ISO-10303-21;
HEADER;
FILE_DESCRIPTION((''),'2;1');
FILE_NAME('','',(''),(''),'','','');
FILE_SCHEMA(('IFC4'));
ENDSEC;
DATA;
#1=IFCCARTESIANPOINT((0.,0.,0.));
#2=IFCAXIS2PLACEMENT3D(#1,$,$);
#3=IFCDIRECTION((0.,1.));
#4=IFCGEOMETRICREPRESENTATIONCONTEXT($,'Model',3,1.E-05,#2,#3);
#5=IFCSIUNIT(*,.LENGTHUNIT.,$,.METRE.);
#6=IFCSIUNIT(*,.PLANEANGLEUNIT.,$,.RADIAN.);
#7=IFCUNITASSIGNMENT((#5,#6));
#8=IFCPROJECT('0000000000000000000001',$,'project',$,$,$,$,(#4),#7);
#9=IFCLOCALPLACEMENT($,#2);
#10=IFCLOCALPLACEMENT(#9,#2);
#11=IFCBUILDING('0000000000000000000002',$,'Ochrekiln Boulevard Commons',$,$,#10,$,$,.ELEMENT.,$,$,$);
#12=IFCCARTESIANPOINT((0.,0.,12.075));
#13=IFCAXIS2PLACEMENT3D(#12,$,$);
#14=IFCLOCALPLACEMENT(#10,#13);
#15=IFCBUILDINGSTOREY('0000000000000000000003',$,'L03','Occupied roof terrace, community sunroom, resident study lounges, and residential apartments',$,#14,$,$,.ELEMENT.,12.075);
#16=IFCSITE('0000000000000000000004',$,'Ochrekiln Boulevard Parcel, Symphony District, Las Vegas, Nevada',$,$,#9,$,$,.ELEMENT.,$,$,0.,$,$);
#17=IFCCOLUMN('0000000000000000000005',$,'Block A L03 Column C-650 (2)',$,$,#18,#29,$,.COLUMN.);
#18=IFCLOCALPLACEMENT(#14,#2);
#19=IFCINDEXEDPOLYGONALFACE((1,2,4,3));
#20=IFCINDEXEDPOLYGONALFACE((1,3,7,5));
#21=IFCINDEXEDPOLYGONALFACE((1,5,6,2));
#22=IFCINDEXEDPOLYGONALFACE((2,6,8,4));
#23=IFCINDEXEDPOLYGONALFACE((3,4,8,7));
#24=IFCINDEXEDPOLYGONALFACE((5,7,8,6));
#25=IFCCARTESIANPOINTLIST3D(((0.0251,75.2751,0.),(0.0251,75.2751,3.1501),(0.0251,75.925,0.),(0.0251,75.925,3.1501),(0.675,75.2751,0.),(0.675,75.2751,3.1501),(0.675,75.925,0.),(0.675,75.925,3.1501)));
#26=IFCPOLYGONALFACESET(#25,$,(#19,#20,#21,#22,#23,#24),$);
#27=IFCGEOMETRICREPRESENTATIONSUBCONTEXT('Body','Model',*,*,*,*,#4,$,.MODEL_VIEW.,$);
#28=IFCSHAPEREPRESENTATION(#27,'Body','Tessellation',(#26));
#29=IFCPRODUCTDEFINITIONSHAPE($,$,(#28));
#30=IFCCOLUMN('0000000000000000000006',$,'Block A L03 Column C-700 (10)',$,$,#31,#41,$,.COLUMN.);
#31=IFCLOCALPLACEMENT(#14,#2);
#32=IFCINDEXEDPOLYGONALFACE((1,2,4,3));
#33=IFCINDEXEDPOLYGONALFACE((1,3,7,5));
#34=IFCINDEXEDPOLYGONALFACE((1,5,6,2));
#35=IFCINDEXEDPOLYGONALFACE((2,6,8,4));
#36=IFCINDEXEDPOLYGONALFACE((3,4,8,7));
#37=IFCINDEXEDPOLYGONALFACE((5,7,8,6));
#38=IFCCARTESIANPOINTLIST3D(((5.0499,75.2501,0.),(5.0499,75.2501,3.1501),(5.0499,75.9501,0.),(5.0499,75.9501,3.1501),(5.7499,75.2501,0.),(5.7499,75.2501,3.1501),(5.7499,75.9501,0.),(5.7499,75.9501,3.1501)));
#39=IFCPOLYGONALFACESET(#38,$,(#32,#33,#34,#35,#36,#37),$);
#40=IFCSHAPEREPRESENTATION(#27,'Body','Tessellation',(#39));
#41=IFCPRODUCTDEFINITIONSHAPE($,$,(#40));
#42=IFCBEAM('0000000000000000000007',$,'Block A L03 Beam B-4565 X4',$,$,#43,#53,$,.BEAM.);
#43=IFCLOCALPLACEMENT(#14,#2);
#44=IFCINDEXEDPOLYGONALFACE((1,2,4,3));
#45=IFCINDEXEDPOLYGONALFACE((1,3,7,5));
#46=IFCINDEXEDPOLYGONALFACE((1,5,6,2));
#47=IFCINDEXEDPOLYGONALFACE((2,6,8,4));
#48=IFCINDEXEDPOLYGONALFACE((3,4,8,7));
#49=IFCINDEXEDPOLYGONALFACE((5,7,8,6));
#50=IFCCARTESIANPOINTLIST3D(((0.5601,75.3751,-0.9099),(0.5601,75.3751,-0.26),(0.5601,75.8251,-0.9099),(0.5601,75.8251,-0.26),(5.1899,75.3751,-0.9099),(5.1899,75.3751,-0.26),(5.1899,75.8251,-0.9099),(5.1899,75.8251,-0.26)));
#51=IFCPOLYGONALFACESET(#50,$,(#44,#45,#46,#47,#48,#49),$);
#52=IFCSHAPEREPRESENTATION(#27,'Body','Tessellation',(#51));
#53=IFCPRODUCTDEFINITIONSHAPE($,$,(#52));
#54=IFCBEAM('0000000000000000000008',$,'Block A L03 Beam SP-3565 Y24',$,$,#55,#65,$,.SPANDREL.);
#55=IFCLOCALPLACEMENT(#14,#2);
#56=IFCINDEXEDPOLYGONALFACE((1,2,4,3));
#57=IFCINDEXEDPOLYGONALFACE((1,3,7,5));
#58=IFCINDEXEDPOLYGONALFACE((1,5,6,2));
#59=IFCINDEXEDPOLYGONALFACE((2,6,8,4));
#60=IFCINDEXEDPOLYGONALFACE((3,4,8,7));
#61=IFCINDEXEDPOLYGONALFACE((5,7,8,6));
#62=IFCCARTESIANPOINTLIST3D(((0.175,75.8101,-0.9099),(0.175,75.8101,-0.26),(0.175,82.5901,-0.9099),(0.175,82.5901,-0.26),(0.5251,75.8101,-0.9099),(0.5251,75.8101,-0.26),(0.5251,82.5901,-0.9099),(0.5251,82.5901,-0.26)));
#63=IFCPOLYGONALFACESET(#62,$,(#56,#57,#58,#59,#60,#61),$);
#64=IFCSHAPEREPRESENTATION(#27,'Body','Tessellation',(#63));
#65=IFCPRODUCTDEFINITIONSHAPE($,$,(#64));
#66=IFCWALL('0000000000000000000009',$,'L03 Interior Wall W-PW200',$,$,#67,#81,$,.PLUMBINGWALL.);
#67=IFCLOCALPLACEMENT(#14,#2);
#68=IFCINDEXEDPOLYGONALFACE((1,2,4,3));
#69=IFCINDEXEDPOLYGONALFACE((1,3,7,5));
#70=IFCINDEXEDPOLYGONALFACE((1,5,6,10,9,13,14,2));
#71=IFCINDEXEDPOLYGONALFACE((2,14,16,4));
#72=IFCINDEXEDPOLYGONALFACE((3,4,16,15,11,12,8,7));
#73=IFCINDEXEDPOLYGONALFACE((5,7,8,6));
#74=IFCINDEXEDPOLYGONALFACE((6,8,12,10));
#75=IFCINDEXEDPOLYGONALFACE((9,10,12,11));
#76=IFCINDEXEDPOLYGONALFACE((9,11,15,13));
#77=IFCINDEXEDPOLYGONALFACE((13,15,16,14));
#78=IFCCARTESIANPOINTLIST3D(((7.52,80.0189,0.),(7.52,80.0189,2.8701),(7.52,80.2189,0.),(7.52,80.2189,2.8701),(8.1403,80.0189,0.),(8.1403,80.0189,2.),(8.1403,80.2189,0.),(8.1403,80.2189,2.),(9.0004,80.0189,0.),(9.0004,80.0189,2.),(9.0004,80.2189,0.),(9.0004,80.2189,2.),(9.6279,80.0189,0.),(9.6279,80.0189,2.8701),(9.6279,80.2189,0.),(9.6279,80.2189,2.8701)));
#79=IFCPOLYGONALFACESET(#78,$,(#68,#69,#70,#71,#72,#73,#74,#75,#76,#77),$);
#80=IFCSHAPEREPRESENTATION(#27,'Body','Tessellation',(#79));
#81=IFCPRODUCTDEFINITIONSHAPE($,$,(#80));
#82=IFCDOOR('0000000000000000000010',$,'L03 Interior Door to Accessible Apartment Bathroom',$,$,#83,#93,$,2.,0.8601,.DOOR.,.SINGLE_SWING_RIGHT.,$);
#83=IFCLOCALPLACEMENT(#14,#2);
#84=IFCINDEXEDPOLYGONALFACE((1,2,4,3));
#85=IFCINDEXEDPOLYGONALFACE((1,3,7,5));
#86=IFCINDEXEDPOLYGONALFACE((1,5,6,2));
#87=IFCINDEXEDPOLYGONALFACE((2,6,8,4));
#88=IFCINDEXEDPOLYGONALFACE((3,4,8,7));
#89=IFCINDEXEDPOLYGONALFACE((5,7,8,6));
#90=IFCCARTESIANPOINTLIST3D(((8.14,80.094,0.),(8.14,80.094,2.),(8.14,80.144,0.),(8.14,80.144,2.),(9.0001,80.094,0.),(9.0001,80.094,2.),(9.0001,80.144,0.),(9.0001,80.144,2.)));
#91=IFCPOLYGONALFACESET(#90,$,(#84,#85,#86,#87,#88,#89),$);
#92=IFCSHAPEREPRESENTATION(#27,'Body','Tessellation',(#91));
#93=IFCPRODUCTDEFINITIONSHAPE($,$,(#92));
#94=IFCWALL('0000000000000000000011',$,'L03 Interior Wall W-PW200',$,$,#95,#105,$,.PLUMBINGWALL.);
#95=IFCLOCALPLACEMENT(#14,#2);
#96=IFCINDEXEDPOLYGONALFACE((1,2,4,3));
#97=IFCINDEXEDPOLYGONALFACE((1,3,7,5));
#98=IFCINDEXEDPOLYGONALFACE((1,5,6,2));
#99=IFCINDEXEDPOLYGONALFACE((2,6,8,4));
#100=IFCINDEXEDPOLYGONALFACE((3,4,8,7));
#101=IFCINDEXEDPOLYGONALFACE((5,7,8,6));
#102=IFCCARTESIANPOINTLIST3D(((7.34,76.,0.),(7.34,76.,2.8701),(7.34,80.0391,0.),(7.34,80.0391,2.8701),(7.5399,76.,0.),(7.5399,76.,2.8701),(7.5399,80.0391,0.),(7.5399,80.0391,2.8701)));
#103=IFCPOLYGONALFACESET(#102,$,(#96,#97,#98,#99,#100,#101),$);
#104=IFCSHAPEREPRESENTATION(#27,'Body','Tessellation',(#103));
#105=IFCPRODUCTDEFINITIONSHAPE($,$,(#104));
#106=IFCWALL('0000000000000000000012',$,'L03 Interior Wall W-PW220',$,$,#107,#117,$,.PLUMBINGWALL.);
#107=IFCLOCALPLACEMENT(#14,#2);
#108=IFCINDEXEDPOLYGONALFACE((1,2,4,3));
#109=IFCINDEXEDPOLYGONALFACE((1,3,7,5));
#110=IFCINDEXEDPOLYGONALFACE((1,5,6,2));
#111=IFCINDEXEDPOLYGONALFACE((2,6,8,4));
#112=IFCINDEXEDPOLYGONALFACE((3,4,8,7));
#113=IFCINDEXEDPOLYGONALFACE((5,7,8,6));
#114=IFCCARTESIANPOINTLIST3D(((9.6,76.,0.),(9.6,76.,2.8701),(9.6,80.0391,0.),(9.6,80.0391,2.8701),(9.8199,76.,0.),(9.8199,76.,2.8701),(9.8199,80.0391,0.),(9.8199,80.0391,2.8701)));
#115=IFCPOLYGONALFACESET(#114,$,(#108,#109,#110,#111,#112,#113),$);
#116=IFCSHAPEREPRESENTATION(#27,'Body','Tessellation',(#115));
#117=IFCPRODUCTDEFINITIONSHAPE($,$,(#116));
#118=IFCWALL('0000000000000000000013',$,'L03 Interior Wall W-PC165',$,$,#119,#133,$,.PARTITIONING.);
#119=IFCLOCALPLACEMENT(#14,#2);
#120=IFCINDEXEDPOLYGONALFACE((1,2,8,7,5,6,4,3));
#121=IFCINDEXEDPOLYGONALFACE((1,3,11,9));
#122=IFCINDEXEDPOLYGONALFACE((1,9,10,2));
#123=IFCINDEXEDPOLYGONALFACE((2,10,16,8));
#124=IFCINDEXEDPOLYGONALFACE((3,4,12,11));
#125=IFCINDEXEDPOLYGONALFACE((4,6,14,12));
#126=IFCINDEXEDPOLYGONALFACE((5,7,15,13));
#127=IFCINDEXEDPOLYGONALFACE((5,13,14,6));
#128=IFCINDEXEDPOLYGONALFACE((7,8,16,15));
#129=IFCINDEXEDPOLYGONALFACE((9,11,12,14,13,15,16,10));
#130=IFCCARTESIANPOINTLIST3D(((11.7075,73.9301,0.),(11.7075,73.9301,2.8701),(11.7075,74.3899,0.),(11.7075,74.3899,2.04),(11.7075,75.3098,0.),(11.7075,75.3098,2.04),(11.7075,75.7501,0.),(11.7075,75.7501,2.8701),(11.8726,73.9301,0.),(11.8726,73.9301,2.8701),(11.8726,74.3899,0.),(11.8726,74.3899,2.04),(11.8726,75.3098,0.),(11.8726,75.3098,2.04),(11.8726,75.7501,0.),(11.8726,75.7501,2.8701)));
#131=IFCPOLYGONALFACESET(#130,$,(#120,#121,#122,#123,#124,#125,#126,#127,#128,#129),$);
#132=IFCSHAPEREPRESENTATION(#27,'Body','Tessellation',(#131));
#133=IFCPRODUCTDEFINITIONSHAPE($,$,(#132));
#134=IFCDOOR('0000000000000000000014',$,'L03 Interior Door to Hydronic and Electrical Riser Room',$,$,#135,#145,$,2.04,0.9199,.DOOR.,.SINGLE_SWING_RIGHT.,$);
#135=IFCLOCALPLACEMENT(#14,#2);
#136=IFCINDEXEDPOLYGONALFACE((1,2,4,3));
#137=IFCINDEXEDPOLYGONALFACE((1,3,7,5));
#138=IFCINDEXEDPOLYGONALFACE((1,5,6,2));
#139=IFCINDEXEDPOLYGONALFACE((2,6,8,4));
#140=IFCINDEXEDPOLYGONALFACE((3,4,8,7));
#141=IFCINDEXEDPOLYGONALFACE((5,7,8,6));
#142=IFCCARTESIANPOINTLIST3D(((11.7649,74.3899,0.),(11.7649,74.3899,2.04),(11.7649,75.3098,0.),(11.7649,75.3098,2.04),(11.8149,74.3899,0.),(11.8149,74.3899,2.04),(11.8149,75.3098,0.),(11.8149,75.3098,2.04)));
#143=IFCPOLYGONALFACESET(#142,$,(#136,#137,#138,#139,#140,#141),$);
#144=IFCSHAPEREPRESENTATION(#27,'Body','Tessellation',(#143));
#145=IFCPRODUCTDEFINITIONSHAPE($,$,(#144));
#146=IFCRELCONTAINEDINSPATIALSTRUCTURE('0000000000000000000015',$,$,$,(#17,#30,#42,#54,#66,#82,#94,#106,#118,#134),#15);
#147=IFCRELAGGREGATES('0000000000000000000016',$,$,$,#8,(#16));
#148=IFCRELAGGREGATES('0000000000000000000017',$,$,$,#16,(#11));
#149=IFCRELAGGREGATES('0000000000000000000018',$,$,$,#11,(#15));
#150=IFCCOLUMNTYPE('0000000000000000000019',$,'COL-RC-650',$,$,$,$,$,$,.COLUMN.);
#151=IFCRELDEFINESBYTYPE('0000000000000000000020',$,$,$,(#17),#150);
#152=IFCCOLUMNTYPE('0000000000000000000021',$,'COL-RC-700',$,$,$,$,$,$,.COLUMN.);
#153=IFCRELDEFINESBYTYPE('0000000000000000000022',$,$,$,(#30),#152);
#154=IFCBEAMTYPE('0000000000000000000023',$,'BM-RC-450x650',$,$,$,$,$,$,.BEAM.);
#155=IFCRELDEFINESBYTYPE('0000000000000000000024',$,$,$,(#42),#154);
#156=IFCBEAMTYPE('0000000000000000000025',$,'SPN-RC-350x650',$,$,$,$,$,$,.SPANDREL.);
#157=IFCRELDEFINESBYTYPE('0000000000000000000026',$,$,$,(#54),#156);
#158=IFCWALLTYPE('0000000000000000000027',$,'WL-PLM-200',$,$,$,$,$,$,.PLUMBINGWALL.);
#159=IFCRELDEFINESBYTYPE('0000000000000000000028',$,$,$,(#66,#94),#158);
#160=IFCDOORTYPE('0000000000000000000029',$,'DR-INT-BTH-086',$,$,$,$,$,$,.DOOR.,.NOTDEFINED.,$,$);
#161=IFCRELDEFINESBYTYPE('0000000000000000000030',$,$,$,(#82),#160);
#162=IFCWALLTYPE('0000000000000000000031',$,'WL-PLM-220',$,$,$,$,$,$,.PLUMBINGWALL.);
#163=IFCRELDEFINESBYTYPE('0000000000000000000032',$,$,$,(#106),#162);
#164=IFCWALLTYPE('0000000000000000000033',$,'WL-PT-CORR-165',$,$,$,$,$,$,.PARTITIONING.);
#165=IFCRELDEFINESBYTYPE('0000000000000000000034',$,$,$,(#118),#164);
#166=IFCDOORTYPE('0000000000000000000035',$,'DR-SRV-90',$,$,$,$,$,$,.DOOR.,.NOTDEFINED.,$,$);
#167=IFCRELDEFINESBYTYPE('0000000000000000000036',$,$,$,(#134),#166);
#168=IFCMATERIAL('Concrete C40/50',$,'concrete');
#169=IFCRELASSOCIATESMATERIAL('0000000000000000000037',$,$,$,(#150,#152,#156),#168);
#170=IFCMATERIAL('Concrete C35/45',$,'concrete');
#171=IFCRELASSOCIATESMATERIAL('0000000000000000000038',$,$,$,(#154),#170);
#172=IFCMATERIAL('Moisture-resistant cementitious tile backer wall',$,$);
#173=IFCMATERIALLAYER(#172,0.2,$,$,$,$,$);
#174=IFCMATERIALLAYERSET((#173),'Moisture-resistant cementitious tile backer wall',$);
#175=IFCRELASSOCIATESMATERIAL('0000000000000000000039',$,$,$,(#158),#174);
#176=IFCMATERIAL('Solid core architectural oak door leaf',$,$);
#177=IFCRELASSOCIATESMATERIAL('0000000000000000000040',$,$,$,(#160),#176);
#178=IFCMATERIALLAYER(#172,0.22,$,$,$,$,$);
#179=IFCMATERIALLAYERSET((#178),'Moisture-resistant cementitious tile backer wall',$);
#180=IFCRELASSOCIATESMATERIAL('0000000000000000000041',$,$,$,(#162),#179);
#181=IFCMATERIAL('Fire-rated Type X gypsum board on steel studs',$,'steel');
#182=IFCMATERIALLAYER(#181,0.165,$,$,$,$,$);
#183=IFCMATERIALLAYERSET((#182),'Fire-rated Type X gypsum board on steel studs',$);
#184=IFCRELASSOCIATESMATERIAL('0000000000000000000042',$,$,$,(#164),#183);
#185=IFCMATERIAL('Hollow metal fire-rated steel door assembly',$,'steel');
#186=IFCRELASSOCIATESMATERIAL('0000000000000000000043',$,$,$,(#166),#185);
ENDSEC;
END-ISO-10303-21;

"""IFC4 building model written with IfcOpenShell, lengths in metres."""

from ifc_helpers import new_model, si_unit, direction, frame, frame_2d, origin, origin_2d, place, context, subcontext, project, spatial, rectangle, extrude, material, layer, layer_set, material_profile, profile_set, type_object, element, fill, save


model = new_model("IFC4")

# Units and contexts
model_context = context("Model", 3, precision=1e-05, world=origin(), true_north=direction((0.0, 1.0)))
body_context = subcontext(model_context, "Body", "Model", "MODEL_VIEW")
ifc_project = project(units=[si_unit("LENGTHUNIT", "METRE"), si_unit("PLANEANGLEUNIT", "RADIAN")], contexts=[model_context])

# Site, building, storey
site_placement = place(None, origin())
site = spatial("IfcSite", under=ifc_project, at=site_placement, Name="Ochrekiln Boulevard Parcel, Symphony District, Las Vegas, Nevada", CompositionType="ELEMENT", RefElevation=0.0)
building_placement = place(site_placement, origin())
building = spatial("IfcBuilding", under=site, at=building_placement, Name="Ochrekiln Boulevard Commons", CompositionType="ELEMENT")
storey_placement = place(building_placement, frame((0.0, 0.0, 12.075)))
storey = spatial("IfcBuildingStorey", under=building, at=storey_placement, Name="L03", Description="Occupied roof terrace, community sunroom, resident study lounges, and residential apartments", CompositionType="ELEMENT", Elevation=12.075)

# Columns
ifc_material_1 = material(Name="Concrete C40/50", Category="concrete")
ifc_material_profile_1 = material_profile(ifc_material_1, rectangle(XDim=0.6499, YDim=0.6499, at=origin_2d()), Name="RC-COL-650x650")
ifc_profile_set_1 = profile_set([ifc_material_profile_1], Name="Concrete C40/50")
column_type_1 = type_object("IfcColumnType", Name="COL-RC-650", PredefinedType="COLUMN", material=ifc_profile_set_1)
column_1_placement = place(storey_placement, frame((0.3501, 75.6001, 0.0), z_axis=(0.0, 0.0, 1.0), x_axis=(1.0, 0.0, 0.0)))
element("IfcColumn", 1, at=column_1_placement, inside=storey, type_object=column_type_1, Name="Block A L03 Column C-650 (2)", PredefinedType="COLUMN", context=body_context, shape_type="SweptSolid", body=[
    extrude(rectangle(XDim=0.6499, YDim=0.6499, at=origin_2d()), origin(), (0.0, 0.0, 1.0), 3.1501),
])
ifc_material_profile_2 = material_profile(ifc_material_1, rectangle(XDim=0.7, YDim=0.7, at=origin_2d()), Name="RC-COL-700x700")
ifc_profile_set_2 = profile_set([ifc_material_profile_2], Name="Concrete C40/50")
column_type_2 = type_object("IfcColumnType", Name="COL-RC-700", PredefinedType="COLUMN", material=ifc_profile_set_2)
column_2_placement = place(storey_placement, frame((5.3999, 75.6001, 0.0), z_axis=(0.0, 0.0, 1.0), x_axis=(1.0, 0.0, 0.0)))
element("IfcColumn", 2, at=column_2_placement, inside=storey, type_object=column_type_2, Name="Block A L03 Column C-700 (10)", PredefinedType="COLUMN", context=body_context, shape_type="SweptSolid", body=[
    extrude(rectangle(XDim=0.7, YDim=0.7, at=origin_2d()), origin(), (0.0, 0.0, 1.0), 3.1501),
])

# Beams
ifc_material_2 = material(Name="Concrete C35/45", Category="concrete")
ifc_material_profile_3 = material_profile(ifc_material_2, rectangle(XDim=0.45, YDim=0.6499, at=origin_2d()), Name="RC-BM-450x650")
ifc_profile_set_3 = profile_set([ifc_material_profile_3], Name="Concrete C35/45")
beam_type_1 = type_object("IfcBeamType", Name="BM-RC-450x650", PredefinedType="BEAM", material=ifc_profile_set_3)
beam_1_placement = place(storey_placement, frame((0.5601, 75.6001, -0.585), z_axis=(1.0, 0.0, 0.0), x_axis=(0.0, 1.0, 0.0)))
element("IfcBeam", 3, at=beam_1_placement, inside=storey, type_object=beam_type_1, Name="Block A L03 Beam B-4565 X4", PredefinedType="BEAM", context=body_context, shape_type="SweptSolid", body=[
    extrude(rectangle(XDim=0.45, YDim=0.6499, at=origin_2d()), origin(), (0.0, 0.0, 1.0), 4.6299),
])
ifc_material_profile_4 = material_profile(ifc_material_1, rectangle(XDim=0.3501, YDim=0.6499, at=origin_2d()), Name="RC-SPN-350x650")
ifc_profile_set_4 = profile_set([ifc_material_profile_4], Name="Concrete C40/50")
beam_type_2 = type_object("IfcBeamType", Name="SPN-RC-350x650", PredefinedType="SPANDREL", material=ifc_profile_set_4)
beam_2_placement = place(storey_placement, frame((0.3501, 75.8101, -0.585), z_axis=(0.0, 1.0, 0.0), x_axis=(-1.0, 0.0, 0.0)))
element("IfcBeam", 4, at=beam_2_placement, inside=storey, type_object=beam_type_2, Name="Block A L03 Beam SP-3565 Y24", PredefinedType="SPANDREL", context=body_context, shape_type="SweptSolid", body=[
    extrude(rectangle(XDim=0.3501, YDim=0.6499, at=origin_2d()), origin(), (0.0, 0.0, 1.0), 6.78),
])

# Wall, opening, door
ifc_material_3 = material(Name="Moisture-resistant cementitious tile backer wall")
ifc_layer_1 = layer(ifc_material_3, 0.2)
ifc_layer_set_1 = layer_set([ifc_layer_1], Name="Moisture-resistant cementitious tile backer wall")
wall_type_1 = type_object("IfcWallType", Name="WL-PLM-200", PredefinedType="PLUMBINGWALL", material=ifc_layer_set_1)
wall_1_placement = place(storey_placement, frame((7.52, 80.1189, 0.0), z_axis=(0.0, 0.0, 1.0), x_axis=(1.0, 0.0, 0.0)))
wall_1 = element("IfcWall", 5, at=wall_1_placement, inside=storey, type_object=wall_type_1, Name="L03 Interior Wall W-PW200", PredefinedType="PLUMBINGWALL", context=body_context, shape_type="SweptSolid", body=[
    extrude(rectangle(XDim=2.1079, YDim=0.2, at=frame_2d((1.054, 0.0))), origin(), (0.0, 0.0, 1.0), 2.8701),
])
opening_1_placement = place(wall_1_placement, frame((0.6201, 0.0, 0.0)))
opening_1 = element("IfcOpeningElement", 6, at=opening_1_placement, cuts=wall_1, PredefinedType="OPENING", context=body_context, shape_type="SweptSolid", body=[
    extrude(rectangle(XDim=0.8601, YDim=2.0, at=frame_2d((0.4302, 1.0))), frame((0.0, 0.1099, 0.0), z_axis=(0.0, -1.0, 0.0), x_axis=(1.0, 0.0, 0.0)), (0.0, 0.0, 1.0), 0.22),
])
ifc_material_4 = material(Name="Solid core architectural oak door leaf")
door_type_1 = type_object("IfcDoorType", Name="DR-INT-BTH-086", OperationType="NOTDEFINED", PredefinedType="DOOR", material=ifc_material_4)
door_1_placement = place(opening_1_placement, frame((0.8601, 0.0, 0.0), z_axis=(0.0, 0.0, 1.0), x_axis=(-1.0, 0.0, 0.0)))
door_1 = element("IfcDoor", 7, at=door_1_placement, inside=storey, type_object=door_type_1, Name="L03 Interior Door to Accessible Apartment Bathroom", OperationType="SINGLE_SWING_RIGHT", OverallHeight=2.0, OverallWidth=0.8601, PredefinedType="DOOR", context=body_context, shape_type="SweptSolid", body=[
    extrude(rectangle(XDim=0.8601, YDim=2.0, at=frame_2d((0.4302, 1.0))), frame((0.0, 0.0249, 0.0), z_axis=(0.0, -1.0, 0.0), x_axis=(1.0, 0.0, 0.0)), (0.0, 0.0, 1.0), 0.05),
])
fill(opening_1, door_1)

# Walls
wall_2_placement = place(storey_placement, frame((7.4399, 76.0, 0.0), z_axis=(0.0, 0.0, 1.0), x_axis=(0.0, 1.0, 0.0)))
element("IfcWall", 8, at=wall_2_placement, inside=storey, type_object=wall_type_1, Name="L03 Interior Wall W-PW200", PredefinedType="PLUMBINGWALL", context=body_context, shape_type="SweptSolid", body=[
    extrude(rectangle(XDim=4.0391, YDim=0.2, at=frame_2d((2.0195, 0.0))), origin(), (0.0, 0.0, 1.0), 2.8701),
])
ifc_layer_2 = layer(ifc_material_3, 0.22)
ifc_layer_set_2 = layer_set([ifc_layer_2], Name="Moisture-resistant cementitious tile backer wall")
wall_type_2 = type_object("IfcWallType", Name="WL-PLM-220", PredefinedType="PLUMBINGWALL", material=ifc_layer_set_2)
wall_3_placement = place(storey_placement, frame((9.71, 76.0, 0.0), z_axis=(0.0, 0.0, 1.0), x_axis=(0.0, 1.0, 0.0)))
element("IfcWall", 9, at=wall_3_placement, inside=storey, type_object=wall_type_2, Name="L03 Interior Wall W-PW220", PredefinedType="PLUMBINGWALL", context=body_context, shape_type="SweptSolid", body=[
    extrude(rectangle(XDim=4.0391, YDim=0.22, at=frame_2d((2.0195, 0.0))), origin(), (0.0, 0.0, 1.0), 2.8701),
])

# Wall, opening, door
ifc_material_5 = material(Name="Fire-rated Type X gypsum board on steel studs", Category="steel")
ifc_layer_3 = layer(ifc_material_5, 0.165)
ifc_layer_set_3 = layer_set([ifc_layer_3], Name="Fire-rated Type X gypsum board on steel studs")
wall_type_3 = type_object("IfcWallType", Name="WL-PT-CORR-165", PredefinedType="PARTITIONING", material=ifc_layer_set_3)
wall_4_placement = place(storey_placement, frame((11.79, 73.9299, 0.0), z_axis=(0.0, 0.0, 1.0), x_axis=(0.0, 1.0, 0.0)))
wall_4 = element("IfcWall", 10, at=wall_4_placement, inside=storey, type_object=wall_type_3, Name="L03 Interior Wall W-PC165", PredefinedType="PARTITIONING", context=body_context, shape_type="SweptSolid", body=[
    extrude(rectangle(XDim=1.8201, YDim=0.165, at=frame_2d((0.9102, 0.0))), origin(), (0.0, 0.0, 1.0), 2.8701),
])
opening_2_placement = place(wall_4_placement, frame((0.46, 0.0, 0.0)))
opening_2 = element("IfcOpeningElement", 11, at=opening_2_placement, cuts=wall_4, PredefinedType="OPENING", context=body_context, shape_type="SweptSolid", body=[
    extrude(rectangle(XDim=0.9199, YDim=2.04, at=frame_2d((0.46, 1.02))), frame((0.0, 0.0925, 0.0), z_axis=(0.0, -1.0, 0.0), x_axis=(1.0, 0.0, 0.0)), (0.0, 0.0, 1.0), 0.1851),
])
ifc_material_6 = material(Name="Hollow metal fire-rated steel door assembly", Category="steel")
door_type_2 = type_object("IfcDoorType", Name="DR-SRV-90", OperationType="NOTDEFINED", PredefinedType="DOOR", material=ifc_material_6)
door_2_placement = place(opening_2_placement, frame((0.9199, 0.0, 0.0), z_axis=(0.0, 0.0, 1.0), x_axis=(-1.0, 0.0, 0.0)))
door_2 = element("IfcDoor", 12, at=door_2_placement, inside=storey, type_object=door_type_2, Name="L03 Interior Door to Hydronic and Electrical Riser Room", OperationType="SINGLE_SWING_RIGHT", OverallHeight=2.04, OverallWidth=0.9199, PredefinedType="DOOR", context=body_context, shape_type="SweptSolid", body=[
    extrude(rectangle(XDim=0.9199, YDim=2.04, at=frame_2d((0.46, 1.02))), frame((0.0, 0.0249, 0.0), z_axis=(0.0, -1.0, 0.0), x_axis=(1.0, 0.0, 0.0)), (0.0, 0.0, 1.0), 0.05),
])
fill(opening_2, door_2)

save(model, "model.ifc")
